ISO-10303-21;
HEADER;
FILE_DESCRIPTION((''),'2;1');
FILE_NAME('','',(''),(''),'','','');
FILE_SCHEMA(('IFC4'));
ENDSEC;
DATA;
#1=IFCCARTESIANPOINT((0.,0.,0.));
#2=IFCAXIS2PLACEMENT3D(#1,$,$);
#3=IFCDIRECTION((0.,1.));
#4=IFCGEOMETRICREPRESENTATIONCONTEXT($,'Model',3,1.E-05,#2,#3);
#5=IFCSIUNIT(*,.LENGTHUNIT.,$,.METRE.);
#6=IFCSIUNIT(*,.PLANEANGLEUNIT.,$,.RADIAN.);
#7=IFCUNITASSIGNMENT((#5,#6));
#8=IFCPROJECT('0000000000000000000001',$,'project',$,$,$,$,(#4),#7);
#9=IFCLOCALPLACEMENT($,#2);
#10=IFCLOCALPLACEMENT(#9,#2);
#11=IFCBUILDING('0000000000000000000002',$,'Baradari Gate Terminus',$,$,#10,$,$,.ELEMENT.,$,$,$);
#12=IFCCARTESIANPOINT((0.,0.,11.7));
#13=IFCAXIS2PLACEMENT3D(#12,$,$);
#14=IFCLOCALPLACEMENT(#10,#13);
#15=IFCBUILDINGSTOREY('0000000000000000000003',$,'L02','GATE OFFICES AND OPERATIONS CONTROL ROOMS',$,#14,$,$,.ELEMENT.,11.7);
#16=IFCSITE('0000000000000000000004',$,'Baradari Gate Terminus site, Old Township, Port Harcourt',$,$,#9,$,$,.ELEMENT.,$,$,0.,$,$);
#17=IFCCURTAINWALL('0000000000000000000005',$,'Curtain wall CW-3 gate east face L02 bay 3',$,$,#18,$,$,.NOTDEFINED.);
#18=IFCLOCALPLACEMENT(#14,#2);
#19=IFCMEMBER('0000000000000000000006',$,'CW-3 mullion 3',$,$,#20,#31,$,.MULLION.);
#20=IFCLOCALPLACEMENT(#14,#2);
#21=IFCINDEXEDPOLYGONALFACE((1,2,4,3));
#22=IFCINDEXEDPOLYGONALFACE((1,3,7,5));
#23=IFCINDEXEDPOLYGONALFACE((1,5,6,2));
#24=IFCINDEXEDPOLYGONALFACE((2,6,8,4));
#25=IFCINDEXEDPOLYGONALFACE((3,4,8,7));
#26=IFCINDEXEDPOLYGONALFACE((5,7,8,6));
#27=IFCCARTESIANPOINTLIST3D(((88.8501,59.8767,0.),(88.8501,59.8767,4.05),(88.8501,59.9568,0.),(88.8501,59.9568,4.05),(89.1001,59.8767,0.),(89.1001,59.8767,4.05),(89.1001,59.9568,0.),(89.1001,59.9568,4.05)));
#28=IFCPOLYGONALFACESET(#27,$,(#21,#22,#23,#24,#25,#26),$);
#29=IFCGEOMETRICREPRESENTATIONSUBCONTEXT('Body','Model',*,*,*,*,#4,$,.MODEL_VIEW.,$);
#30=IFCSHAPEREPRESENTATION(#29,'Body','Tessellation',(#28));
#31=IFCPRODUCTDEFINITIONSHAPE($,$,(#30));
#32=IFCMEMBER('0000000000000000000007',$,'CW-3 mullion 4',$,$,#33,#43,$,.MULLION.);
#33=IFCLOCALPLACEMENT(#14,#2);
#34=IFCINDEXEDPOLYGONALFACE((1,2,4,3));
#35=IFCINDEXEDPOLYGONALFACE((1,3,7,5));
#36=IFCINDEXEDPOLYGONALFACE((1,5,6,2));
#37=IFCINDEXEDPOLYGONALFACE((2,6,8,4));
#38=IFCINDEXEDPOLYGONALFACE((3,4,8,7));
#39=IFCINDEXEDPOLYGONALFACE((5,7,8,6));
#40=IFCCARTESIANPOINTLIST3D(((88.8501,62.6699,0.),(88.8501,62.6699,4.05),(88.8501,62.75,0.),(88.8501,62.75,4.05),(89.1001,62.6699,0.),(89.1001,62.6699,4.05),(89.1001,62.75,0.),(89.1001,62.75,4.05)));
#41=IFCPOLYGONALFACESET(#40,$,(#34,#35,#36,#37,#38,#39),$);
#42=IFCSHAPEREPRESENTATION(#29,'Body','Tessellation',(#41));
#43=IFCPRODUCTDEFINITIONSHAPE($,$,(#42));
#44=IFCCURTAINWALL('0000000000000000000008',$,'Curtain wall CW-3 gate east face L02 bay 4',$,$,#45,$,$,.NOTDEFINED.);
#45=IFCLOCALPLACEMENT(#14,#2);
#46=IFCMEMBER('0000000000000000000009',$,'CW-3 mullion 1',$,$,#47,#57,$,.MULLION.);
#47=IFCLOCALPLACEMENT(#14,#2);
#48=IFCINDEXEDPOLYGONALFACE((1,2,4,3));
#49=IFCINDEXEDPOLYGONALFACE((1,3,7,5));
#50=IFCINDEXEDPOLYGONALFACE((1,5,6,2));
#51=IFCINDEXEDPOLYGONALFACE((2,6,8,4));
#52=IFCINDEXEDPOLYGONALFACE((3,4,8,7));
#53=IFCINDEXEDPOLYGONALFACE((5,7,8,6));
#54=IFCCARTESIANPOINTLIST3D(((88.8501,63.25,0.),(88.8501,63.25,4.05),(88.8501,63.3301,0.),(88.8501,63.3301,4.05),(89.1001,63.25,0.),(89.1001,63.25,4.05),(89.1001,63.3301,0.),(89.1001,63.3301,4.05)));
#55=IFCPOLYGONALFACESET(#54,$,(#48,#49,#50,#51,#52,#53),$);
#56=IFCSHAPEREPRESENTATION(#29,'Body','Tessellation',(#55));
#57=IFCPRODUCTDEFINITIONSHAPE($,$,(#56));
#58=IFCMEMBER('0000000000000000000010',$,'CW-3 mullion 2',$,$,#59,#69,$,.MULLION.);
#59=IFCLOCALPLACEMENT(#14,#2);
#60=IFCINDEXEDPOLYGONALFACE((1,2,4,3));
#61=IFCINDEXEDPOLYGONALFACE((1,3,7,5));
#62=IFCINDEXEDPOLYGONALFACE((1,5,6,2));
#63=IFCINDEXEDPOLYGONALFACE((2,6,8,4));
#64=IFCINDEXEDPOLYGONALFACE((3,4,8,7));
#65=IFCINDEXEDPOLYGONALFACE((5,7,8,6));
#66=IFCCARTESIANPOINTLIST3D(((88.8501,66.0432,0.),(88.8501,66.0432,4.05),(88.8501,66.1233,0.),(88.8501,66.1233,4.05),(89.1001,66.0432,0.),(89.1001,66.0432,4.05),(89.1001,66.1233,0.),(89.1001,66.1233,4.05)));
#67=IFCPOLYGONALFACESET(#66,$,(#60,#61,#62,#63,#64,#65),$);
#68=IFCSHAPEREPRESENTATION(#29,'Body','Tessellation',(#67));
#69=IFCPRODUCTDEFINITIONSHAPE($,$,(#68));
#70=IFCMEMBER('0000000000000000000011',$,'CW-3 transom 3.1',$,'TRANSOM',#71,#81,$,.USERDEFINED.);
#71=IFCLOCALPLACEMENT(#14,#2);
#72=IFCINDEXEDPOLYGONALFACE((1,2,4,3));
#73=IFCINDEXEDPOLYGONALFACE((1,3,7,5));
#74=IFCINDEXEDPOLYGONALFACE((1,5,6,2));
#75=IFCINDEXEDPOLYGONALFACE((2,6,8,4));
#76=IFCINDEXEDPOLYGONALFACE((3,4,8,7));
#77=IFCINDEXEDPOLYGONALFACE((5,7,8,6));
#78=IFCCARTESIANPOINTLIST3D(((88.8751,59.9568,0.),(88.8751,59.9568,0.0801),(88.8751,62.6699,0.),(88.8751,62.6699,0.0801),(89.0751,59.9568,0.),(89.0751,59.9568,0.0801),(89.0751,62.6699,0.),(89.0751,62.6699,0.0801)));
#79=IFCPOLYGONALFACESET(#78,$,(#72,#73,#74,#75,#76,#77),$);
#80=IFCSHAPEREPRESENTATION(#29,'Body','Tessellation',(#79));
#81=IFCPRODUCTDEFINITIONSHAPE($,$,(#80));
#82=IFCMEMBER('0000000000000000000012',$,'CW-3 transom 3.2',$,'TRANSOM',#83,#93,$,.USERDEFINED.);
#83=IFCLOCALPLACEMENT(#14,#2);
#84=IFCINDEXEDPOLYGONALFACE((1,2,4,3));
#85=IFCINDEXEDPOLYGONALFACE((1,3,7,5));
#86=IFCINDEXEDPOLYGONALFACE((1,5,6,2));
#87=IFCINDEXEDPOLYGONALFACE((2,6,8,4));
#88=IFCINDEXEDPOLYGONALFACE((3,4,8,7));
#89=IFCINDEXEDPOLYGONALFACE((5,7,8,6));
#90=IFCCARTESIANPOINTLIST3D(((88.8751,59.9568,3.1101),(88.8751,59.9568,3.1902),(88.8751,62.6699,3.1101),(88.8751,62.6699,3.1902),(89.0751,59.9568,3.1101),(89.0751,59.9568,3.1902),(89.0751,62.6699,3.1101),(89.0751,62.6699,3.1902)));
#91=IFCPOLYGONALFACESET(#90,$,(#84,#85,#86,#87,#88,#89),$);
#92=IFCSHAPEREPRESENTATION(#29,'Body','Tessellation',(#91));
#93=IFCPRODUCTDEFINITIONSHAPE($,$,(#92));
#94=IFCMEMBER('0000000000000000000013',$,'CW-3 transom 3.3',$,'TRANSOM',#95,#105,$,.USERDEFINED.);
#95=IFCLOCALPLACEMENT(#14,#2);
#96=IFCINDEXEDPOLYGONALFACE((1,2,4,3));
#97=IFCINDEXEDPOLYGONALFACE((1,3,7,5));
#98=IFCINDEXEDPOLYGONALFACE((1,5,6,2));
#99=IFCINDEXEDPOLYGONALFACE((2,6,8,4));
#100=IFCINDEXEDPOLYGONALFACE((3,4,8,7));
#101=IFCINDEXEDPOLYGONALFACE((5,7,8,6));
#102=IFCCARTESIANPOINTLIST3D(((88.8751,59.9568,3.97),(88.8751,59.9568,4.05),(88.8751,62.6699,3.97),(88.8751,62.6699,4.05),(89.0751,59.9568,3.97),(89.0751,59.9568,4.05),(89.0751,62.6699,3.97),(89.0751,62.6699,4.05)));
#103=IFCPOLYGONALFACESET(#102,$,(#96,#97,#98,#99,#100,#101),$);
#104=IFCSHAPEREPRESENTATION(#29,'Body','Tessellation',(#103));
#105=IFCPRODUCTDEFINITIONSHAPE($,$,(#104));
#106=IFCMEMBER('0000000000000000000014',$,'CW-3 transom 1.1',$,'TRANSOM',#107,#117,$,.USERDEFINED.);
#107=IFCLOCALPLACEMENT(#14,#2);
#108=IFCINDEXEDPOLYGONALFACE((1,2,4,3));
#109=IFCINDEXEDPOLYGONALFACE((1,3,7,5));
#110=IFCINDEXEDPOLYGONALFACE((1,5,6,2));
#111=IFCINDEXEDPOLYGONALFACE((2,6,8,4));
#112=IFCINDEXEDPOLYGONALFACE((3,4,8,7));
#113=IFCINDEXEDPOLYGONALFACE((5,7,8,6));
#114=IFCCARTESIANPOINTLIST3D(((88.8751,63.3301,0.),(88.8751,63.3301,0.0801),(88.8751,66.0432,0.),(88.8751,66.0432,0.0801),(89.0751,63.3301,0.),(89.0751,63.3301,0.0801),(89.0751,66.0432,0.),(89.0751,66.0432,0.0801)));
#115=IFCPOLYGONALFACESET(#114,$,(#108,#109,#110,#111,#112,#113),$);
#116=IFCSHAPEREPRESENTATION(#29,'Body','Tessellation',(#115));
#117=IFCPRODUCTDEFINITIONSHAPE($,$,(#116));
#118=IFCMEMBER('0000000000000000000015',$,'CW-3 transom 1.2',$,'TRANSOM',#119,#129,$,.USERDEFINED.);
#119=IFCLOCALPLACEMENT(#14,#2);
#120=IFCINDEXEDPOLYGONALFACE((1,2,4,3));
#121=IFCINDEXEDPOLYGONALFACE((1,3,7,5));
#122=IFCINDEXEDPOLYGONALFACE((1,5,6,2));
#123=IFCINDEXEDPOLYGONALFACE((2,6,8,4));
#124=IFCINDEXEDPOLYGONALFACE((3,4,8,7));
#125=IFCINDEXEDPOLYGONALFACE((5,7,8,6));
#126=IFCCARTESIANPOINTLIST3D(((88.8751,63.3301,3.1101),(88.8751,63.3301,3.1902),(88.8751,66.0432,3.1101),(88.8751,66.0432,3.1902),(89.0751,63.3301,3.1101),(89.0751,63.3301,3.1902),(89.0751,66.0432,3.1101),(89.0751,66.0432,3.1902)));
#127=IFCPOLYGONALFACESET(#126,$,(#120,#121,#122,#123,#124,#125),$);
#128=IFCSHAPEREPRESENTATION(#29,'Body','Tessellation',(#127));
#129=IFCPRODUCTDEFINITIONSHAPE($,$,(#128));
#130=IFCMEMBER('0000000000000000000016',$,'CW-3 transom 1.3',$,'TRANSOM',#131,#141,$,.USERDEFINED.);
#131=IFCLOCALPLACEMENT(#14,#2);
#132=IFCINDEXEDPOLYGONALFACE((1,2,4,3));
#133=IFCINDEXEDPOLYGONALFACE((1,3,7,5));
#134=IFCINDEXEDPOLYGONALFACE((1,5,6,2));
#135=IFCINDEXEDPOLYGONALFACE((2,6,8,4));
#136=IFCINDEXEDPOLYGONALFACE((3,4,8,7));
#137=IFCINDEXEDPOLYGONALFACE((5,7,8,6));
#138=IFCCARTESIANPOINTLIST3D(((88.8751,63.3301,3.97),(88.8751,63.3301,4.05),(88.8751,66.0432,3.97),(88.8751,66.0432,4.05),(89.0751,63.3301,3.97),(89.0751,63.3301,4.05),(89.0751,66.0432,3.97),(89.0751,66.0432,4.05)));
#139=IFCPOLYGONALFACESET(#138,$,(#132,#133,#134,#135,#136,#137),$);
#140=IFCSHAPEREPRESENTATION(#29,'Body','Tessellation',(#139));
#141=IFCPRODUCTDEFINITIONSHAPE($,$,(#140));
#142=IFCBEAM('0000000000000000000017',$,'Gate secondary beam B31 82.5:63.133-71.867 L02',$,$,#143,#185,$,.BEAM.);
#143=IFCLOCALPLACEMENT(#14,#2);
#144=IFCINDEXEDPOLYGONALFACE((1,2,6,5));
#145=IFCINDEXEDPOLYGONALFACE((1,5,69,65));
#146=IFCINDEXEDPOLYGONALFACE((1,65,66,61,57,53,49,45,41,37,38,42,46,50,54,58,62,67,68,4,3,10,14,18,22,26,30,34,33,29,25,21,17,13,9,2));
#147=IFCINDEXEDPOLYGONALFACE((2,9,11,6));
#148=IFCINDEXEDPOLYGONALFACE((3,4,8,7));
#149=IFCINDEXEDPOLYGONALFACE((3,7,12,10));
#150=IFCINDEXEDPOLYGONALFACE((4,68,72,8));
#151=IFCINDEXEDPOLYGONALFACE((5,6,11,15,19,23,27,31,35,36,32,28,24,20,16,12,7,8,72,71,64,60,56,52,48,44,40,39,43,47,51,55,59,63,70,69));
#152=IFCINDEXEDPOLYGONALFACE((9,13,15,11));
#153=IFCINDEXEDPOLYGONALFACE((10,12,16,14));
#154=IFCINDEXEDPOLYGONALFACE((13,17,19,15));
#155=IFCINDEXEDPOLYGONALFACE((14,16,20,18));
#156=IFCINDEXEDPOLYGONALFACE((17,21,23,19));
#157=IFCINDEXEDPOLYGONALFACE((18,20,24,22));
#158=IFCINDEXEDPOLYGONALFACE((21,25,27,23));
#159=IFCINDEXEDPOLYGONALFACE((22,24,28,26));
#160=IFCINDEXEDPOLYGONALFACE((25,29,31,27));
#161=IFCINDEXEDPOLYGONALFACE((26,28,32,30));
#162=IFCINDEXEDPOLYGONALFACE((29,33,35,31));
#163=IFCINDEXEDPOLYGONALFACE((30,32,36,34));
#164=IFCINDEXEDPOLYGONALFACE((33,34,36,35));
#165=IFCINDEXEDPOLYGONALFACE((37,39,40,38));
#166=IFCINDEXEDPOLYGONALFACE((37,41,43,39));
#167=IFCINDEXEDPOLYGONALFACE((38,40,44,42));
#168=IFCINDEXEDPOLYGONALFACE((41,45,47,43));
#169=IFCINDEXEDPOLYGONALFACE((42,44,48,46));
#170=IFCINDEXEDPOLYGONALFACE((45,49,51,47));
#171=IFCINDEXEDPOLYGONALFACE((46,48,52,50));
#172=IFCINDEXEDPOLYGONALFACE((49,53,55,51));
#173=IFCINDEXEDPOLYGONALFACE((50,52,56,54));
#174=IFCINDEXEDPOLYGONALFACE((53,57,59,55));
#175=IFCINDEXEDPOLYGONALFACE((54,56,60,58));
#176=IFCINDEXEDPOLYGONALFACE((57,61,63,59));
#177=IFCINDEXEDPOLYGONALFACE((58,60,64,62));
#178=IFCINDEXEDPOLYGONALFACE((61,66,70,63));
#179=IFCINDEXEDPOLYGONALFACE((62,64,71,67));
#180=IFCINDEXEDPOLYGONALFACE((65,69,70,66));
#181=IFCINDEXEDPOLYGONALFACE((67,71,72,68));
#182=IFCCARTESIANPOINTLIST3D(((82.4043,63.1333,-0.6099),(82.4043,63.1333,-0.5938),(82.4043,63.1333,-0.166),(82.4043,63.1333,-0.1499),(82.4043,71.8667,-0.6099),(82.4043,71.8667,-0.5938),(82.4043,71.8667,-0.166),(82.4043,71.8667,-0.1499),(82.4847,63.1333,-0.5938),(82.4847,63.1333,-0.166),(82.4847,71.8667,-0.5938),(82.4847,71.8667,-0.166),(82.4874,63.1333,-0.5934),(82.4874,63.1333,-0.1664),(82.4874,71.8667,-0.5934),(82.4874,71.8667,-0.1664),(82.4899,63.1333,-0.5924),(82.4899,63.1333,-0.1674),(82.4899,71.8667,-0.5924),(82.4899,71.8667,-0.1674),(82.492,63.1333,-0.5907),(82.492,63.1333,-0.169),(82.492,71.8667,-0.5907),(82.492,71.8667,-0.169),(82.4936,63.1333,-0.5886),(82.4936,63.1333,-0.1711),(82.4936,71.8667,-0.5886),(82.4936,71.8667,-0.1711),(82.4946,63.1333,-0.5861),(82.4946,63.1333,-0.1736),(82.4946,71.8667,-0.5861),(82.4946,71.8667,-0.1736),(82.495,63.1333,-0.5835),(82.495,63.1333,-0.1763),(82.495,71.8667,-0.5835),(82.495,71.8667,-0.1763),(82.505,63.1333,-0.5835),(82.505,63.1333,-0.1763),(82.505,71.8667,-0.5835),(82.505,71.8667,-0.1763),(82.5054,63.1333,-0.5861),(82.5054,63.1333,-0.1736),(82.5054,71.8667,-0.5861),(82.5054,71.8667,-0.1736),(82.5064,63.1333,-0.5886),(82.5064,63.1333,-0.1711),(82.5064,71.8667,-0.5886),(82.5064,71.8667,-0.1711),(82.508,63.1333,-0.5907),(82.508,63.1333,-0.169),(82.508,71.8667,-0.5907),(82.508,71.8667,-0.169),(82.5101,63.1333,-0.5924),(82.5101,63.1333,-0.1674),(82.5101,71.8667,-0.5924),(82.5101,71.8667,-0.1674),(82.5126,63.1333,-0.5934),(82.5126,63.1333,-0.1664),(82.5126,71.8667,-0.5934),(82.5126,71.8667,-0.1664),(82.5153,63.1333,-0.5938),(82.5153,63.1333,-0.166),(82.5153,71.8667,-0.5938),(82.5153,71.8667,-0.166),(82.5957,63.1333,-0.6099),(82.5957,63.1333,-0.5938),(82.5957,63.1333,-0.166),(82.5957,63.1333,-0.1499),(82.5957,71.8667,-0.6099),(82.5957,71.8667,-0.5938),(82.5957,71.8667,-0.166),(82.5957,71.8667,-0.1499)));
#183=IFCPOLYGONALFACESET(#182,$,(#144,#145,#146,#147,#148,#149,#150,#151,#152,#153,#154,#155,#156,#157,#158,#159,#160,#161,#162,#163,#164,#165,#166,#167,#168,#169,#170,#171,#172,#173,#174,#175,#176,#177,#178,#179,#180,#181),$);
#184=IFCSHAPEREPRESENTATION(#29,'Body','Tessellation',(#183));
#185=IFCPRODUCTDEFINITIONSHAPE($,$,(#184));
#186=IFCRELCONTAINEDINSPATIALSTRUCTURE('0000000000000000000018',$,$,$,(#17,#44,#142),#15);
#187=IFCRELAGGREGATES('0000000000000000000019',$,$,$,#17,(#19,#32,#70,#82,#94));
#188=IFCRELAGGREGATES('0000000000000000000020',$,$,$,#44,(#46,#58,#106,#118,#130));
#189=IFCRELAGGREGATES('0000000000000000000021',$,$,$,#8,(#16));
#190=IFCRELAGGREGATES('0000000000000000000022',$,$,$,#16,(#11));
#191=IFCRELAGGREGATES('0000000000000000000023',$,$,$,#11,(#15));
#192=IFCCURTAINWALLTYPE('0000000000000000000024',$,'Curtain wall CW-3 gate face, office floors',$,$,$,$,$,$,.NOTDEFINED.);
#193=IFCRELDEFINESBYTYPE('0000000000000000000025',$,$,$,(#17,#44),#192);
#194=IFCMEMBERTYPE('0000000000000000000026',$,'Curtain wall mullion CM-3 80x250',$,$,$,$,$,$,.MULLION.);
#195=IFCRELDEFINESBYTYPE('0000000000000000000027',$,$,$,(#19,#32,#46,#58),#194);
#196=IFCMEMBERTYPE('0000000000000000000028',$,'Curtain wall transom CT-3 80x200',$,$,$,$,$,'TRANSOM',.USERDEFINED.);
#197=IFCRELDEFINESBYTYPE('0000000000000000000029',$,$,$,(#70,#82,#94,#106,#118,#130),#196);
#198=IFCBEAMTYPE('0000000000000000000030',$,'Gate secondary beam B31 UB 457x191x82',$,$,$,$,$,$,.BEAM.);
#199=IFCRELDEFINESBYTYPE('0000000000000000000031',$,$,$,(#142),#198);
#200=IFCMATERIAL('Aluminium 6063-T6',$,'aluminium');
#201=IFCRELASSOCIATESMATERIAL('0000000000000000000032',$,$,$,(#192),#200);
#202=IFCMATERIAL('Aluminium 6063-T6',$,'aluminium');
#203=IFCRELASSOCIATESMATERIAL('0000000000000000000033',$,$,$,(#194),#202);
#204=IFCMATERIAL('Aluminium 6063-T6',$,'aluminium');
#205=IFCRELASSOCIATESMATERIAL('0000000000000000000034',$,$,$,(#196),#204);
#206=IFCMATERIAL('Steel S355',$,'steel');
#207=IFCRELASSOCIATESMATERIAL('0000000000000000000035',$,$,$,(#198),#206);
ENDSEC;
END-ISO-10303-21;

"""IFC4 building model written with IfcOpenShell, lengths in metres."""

from ifc_helpers import new_model, si_unit, direction, frame, origin, origin_2d, place, context, subcontext, project, spatial, rectangle, i_section, extrude, material, material_profile, profile_set, type_object, element, aggregate, save


model = new_model("IFC4")

# Units and contexts
model_context = context("Model", 3, precision=1e-05, world=origin(), true_north=direction((0.0, 1.0)))
body_context = subcontext(model_context, "Body", "Model", "MODEL_VIEW")
ifc_project = project(units=[si_unit("LENGTHUNIT", "METRE"), si_unit("PLANEANGLEUNIT", "RADIAN")], contexts=[model_context])

# Site, building, storey
site_placement = place(None, origin())
site = spatial("IfcSite", under=ifc_project, at=site_placement, Name="Baradari Gate Terminus site, Old Township, Port Harcourt", CompositionType="ELEMENT", RefElevation=0.0)
building_placement = place(site_placement, origin())
building = spatial("IfcBuilding", under=site, at=building_placement, Name="Baradari Gate Terminus", CompositionType="ELEMENT")
storey_placement = place(building_placement, frame((0.0, 0.0, 11.7)))
storey = spatial("IfcBuildingStorey", under=building, at=storey_placement, Name="L02", Description="GATE OFFICES AND OPERATIONS CONTROL ROOMS", CompositionType="ELEMENT", Elevation=11.7)

# Curtain walls, members
ifc_material_1 = material(Name="Aluminium 6063-T6", Category="aluminium")
curtain_wall_type = type_object("IfcCurtainWallType", Name="Curtain wall CW-3 gate face, office floors", PredefinedType="NOTDEFINED", material=ifc_material_1)
curtain_wall_1_placement = place(storey_placement, origin())
curtain_wall_1 = element("IfcCurtainWall", 1, at=curtain_wall_1_placement, inside=storey, type_object=curtain_wall_type, Name="Curtain wall CW-3 gate east face L02 bay 3", PredefinedType="NOTDEFINED")
ifc_material_2 = material(Name="Aluminium 6063-T6", Category="aluminium")
ifc_material_profile_1 = material_profile(ifc_material_2, rectangle(XDim=0.25, YDim=0.0801, at=origin_2d()), Name="CM-3 80X250")
ifc_profile_set_1 = profile_set([ifc_material_profile_1], Name="Aluminium 6063-T6")
member_type_1 = type_object("IfcMemberType", Name="Curtain wall mullion CM-3 80x250", PredefinedType="MULLION", material=ifc_profile_set_1)
member_1_placement = place(storey_placement, frame((88.9751, 59.9167, 0.0), z_axis=(0.0, 0.0, 1.0), x_axis=(-1.0, 0.0, 0.0)))
member_1 = element("IfcMember", 2, at=member_1_placement, type_object=member_type_1, Name="CW-3 mullion 3", PredefinedType="MULLION", context=body_context, shape_type="SweptSolid", body=[
    extrude(rectangle(XDim=0.25, YDim=0.0801, at=origin_2d()), origin(), (0.0, 0.0, 1.0), 4.05),
])
member_2_placement = place(storey_placement, frame((88.9751, 62.71, 0.0), z_axis=(0.0, 0.0, 1.0), x_axis=(-1.0, 0.0, 0.0)))
member_2 = element("IfcMember", 3, at=member_2_placement, type_object=member_type_1, Name="CW-3 mullion 4", PredefinedType="MULLION", context=body_context, shape_type="SweptSolid", body=[
    extrude(rectangle(XDim=0.25, YDim=0.0801, at=origin_2d()), origin(), (0.0, 0.0, 1.0), 4.05),
])
curtain_wall_2_placement = place(storey_placement, origin())
curtain_wall_2 = element("IfcCurtainWall", 4, at=curtain_wall_2_placement, inside=storey, type_object=curtain_wall_type, Name="Curtain wall CW-3 gate east face L02 bay 4", PredefinedType="NOTDEFINED")
member_3_placement = place(storey_placement, frame((88.9751, 63.29, 0.0), z_axis=(0.0, 0.0, 1.0), x_axis=(-1.0, 0.0, 0.0)))
member_3 = element("IfcMember", 5, at=member_3_placement, type_object=member_type_1, Name="CW-3 mullion 1", PredefinedType="MULLION", context=body_context, shape_type="SweptSolid", body=[
    extrude(rectangle(XDim=0.25, YDim=0.0801, at=origin_2d()), origin(), (0.0, 0.0, 1.0), 4.05),
])
member_4_placement = place(storey_placement, frame((88.9751, 66.0833, 0.0), z_axis=(0.0, 0.0, 1.0), x_axis=(-1.0, 0.0, 0.0)))
member_4 = element("IfcMember", 6, at=member_4_placement, type_object=member_type_1, Name="CW-3 mullion 2", PredefinedType="MULLION", context=body_context, shape_type="SweptSolid", body=[
    extrude(rectangle(XDim=0.25, YDim=0.0801, at=origin_2d()), origin(), (0.0, 0.0, 1.0), 4.05),
])

# Members
ifc_material_3 = material(Name="Aluminium 6063-T6", Category="aluminium")
ifc_material_profile_2 = material_profile(ifc_material_3, rectangle(XDim=0.2, YDim=0.0801, at=origin_2d()), Name="CT-3 80X200")
ifc_profile_set_2 = profile_set([ifc_material_profile_2], Name="Aluminium 6063-T6")
member_type_2 = type_object("IfcMemberType", Name="Curtain wall transom CT-3 80x200", ElementType="TRANSOM", PredefinedType="USERDEFINED", material=ifc_profile_set_2)
member_5_placement = place(storey_placement, frame((88.9751, 59.9568, 0.04), z_axis=(0.0, 1.0, 0.0), x_axis=(-1.0, 0.0, 0.0)))
member_5 = element("IfcMember", 7, at=member_5_placement, type_object=member_type_2, Name="CW-3 transom 3.1", ObjectType="TRANSOM", PredefinedType="USERDEFINED", context=body_context, shape_type="SweptSolid", body=[
    extrude(rectangle(XDim=0.2, YDim=0.0801, at=origin_2d()), origin(), (0.0, 0.0, 1.0), 2.7131),
])
member_6_placement = place(storey_placement, frame((88.9751, 59.9568, 3.1501), z_axis=(0.0, 1.0, 0.0), x_axis=(-1.0, 0.0, 0.0)))
member_6 = element("IfcMember", 8, at=member_6_placement, type_object=member_type_2, Name="CW-3 transom 3.2", ObjectType="TRANSOM", PredefinedType="USERDEFINED", context=body_context, shape_type="SweptSolid", body=[
    extrude(rectangle(XDim=0.2, YDim=0.0801, at=origin_2d()), origin(), (0.0, 0.0, 1.0), 2.7131),
])
member_7_placement = place(storey_placement, frame((88.9751, 59.9568, 4.01), z_axis=(0.0, 1.0, 0.0), x_axis=(-1.0, 0.0, 0.0)))
member_7 = element("IfcMember", 9, at=member_7_placement, type_object=member_type_2, Name="CW-3 transom 3.3", ObjectType="TRANSOM", PredefinedType="USERDEFINED", context=body_context, shape_type="SweptSolid", body=[
    extrude(rectangle(XDim=0.2, YDim=0.0801, at=origin_2d()), origin(), (0.0, 0.0, 1.0), 2.7131),
])
member_8_placement = place(storey_placement, frame((88.9751, 63.3301, 0.04), z_axis=(0.0, 1.0, 0.0), x_axis=(-1.0, 0.0, 0.0)))
member_8 = element("IfcMember", 10, at=member_8_placement, type_object=member_type_2, Name="CW-3 transom 1.1", ObjectType="TRANSOM", PredefinedType="USERDEFINED", context=body_context, shape_type="SweptSolid", body=[
    extrude(rectangle(XDim=0.2, YDim=0.0801, at=origin_2d()), origin(), (0.0, 0.0, 1.0), 2.7131),
])
member_9_placement = place(storey_placement, frame((88.9751, 63.3301, 3.1501), z_axis=(0.0, 1.0, 0.0), x_axis=(-1.0, 0.0, 0.0)))
member_9 = element("IfcMember", 11, at=member_9_placement, type_object=member_type_2, Name="CW-3 transom 1.2", ObjectType="TRANSOM", PredefinedType="USERDEFINED", context=body_context, shape_type="SweptSolid", body=[
    extrude(rectangle(XDim=0.2, YDim=0.0801, at=origin_2d()), origin(), (0.0, 0.0, 1.0), 2.7131),
])
member_10_placement = place(storey_placement, frame((88.9751, 63.3301, 4.01), z_axis=(0.0, 1.0, 0.0), x_axis=(-1.0, 0.0, 0.0)))
member_10 = element("IfcMember", 12, at=member_10_placement, type_object=member_type_2, Name="CW-3 transom 1.3", ObjectType="TRANSOM", PredefinedType="USERDEFINED", context=body_context, shape_type="SweptSolid", body=[
    extrude(rectangle(XDim=0.2, YDim=0.0801, at=origin_2d()), origin(), (0.0, 0.0, 1.0), 2.7131),
])

# Beam
ifc_material_4 = material(Name="Steel S355", Category="steel")
ifc_material_profile_3 = material_profile(ifc_material_4, i_section(OverallWidth=0.1914, OverallDepth=0.46, WebThickness=0.01, FlangeThickness=0.0161, FilletRadius=0.0103, at=origin_2d()), Name="UB 457x191x82")
ifc_profile_set_3 = profile_set([ifc_material_profile_3], Name="Steel S355")
beam_type = type_object("IfcBeamType", Name="Gate secondary beam B31 UB 457x191x82", PredefinedType="BEAM", material=ifc_profile_set_3)
for number, where, z_axis, x_axis, name in (
    (13, (82.5, 63.1333, -0.3799), (0.0, 1.0, 0.0), (-1.0, 0.0, 0.0), "Gate secondary beam B31 82.5:63.133-71.867 L02"),
):
    element("IfcBeam", number, at=place(storey_placement, frame(where, z_axis=z_axis, x_axis=x_axis)), inside=storey, type_object=beam_type, Name=name, PredefinedType="BEAM", context=body_context, shape_type="SweptSolid", body=[
        extrude(i_section(OverallWidth=0.1914, OverallDepth=0.46, WebThickness=0.01, FlangeThickness=0.0161, FilletRadius=0.0103, at=origin_2d()), origin(), (0.0, 0.0, 1.0), 8.7334),
    ])

aggregate(curtain_wall_1, [member_1, member_2, member_5, member_6, member_7])
aggregate(curtain_wall_2, [member_3, member_4, member_8, member_9, member_10])

save(model, "model.ifc")
